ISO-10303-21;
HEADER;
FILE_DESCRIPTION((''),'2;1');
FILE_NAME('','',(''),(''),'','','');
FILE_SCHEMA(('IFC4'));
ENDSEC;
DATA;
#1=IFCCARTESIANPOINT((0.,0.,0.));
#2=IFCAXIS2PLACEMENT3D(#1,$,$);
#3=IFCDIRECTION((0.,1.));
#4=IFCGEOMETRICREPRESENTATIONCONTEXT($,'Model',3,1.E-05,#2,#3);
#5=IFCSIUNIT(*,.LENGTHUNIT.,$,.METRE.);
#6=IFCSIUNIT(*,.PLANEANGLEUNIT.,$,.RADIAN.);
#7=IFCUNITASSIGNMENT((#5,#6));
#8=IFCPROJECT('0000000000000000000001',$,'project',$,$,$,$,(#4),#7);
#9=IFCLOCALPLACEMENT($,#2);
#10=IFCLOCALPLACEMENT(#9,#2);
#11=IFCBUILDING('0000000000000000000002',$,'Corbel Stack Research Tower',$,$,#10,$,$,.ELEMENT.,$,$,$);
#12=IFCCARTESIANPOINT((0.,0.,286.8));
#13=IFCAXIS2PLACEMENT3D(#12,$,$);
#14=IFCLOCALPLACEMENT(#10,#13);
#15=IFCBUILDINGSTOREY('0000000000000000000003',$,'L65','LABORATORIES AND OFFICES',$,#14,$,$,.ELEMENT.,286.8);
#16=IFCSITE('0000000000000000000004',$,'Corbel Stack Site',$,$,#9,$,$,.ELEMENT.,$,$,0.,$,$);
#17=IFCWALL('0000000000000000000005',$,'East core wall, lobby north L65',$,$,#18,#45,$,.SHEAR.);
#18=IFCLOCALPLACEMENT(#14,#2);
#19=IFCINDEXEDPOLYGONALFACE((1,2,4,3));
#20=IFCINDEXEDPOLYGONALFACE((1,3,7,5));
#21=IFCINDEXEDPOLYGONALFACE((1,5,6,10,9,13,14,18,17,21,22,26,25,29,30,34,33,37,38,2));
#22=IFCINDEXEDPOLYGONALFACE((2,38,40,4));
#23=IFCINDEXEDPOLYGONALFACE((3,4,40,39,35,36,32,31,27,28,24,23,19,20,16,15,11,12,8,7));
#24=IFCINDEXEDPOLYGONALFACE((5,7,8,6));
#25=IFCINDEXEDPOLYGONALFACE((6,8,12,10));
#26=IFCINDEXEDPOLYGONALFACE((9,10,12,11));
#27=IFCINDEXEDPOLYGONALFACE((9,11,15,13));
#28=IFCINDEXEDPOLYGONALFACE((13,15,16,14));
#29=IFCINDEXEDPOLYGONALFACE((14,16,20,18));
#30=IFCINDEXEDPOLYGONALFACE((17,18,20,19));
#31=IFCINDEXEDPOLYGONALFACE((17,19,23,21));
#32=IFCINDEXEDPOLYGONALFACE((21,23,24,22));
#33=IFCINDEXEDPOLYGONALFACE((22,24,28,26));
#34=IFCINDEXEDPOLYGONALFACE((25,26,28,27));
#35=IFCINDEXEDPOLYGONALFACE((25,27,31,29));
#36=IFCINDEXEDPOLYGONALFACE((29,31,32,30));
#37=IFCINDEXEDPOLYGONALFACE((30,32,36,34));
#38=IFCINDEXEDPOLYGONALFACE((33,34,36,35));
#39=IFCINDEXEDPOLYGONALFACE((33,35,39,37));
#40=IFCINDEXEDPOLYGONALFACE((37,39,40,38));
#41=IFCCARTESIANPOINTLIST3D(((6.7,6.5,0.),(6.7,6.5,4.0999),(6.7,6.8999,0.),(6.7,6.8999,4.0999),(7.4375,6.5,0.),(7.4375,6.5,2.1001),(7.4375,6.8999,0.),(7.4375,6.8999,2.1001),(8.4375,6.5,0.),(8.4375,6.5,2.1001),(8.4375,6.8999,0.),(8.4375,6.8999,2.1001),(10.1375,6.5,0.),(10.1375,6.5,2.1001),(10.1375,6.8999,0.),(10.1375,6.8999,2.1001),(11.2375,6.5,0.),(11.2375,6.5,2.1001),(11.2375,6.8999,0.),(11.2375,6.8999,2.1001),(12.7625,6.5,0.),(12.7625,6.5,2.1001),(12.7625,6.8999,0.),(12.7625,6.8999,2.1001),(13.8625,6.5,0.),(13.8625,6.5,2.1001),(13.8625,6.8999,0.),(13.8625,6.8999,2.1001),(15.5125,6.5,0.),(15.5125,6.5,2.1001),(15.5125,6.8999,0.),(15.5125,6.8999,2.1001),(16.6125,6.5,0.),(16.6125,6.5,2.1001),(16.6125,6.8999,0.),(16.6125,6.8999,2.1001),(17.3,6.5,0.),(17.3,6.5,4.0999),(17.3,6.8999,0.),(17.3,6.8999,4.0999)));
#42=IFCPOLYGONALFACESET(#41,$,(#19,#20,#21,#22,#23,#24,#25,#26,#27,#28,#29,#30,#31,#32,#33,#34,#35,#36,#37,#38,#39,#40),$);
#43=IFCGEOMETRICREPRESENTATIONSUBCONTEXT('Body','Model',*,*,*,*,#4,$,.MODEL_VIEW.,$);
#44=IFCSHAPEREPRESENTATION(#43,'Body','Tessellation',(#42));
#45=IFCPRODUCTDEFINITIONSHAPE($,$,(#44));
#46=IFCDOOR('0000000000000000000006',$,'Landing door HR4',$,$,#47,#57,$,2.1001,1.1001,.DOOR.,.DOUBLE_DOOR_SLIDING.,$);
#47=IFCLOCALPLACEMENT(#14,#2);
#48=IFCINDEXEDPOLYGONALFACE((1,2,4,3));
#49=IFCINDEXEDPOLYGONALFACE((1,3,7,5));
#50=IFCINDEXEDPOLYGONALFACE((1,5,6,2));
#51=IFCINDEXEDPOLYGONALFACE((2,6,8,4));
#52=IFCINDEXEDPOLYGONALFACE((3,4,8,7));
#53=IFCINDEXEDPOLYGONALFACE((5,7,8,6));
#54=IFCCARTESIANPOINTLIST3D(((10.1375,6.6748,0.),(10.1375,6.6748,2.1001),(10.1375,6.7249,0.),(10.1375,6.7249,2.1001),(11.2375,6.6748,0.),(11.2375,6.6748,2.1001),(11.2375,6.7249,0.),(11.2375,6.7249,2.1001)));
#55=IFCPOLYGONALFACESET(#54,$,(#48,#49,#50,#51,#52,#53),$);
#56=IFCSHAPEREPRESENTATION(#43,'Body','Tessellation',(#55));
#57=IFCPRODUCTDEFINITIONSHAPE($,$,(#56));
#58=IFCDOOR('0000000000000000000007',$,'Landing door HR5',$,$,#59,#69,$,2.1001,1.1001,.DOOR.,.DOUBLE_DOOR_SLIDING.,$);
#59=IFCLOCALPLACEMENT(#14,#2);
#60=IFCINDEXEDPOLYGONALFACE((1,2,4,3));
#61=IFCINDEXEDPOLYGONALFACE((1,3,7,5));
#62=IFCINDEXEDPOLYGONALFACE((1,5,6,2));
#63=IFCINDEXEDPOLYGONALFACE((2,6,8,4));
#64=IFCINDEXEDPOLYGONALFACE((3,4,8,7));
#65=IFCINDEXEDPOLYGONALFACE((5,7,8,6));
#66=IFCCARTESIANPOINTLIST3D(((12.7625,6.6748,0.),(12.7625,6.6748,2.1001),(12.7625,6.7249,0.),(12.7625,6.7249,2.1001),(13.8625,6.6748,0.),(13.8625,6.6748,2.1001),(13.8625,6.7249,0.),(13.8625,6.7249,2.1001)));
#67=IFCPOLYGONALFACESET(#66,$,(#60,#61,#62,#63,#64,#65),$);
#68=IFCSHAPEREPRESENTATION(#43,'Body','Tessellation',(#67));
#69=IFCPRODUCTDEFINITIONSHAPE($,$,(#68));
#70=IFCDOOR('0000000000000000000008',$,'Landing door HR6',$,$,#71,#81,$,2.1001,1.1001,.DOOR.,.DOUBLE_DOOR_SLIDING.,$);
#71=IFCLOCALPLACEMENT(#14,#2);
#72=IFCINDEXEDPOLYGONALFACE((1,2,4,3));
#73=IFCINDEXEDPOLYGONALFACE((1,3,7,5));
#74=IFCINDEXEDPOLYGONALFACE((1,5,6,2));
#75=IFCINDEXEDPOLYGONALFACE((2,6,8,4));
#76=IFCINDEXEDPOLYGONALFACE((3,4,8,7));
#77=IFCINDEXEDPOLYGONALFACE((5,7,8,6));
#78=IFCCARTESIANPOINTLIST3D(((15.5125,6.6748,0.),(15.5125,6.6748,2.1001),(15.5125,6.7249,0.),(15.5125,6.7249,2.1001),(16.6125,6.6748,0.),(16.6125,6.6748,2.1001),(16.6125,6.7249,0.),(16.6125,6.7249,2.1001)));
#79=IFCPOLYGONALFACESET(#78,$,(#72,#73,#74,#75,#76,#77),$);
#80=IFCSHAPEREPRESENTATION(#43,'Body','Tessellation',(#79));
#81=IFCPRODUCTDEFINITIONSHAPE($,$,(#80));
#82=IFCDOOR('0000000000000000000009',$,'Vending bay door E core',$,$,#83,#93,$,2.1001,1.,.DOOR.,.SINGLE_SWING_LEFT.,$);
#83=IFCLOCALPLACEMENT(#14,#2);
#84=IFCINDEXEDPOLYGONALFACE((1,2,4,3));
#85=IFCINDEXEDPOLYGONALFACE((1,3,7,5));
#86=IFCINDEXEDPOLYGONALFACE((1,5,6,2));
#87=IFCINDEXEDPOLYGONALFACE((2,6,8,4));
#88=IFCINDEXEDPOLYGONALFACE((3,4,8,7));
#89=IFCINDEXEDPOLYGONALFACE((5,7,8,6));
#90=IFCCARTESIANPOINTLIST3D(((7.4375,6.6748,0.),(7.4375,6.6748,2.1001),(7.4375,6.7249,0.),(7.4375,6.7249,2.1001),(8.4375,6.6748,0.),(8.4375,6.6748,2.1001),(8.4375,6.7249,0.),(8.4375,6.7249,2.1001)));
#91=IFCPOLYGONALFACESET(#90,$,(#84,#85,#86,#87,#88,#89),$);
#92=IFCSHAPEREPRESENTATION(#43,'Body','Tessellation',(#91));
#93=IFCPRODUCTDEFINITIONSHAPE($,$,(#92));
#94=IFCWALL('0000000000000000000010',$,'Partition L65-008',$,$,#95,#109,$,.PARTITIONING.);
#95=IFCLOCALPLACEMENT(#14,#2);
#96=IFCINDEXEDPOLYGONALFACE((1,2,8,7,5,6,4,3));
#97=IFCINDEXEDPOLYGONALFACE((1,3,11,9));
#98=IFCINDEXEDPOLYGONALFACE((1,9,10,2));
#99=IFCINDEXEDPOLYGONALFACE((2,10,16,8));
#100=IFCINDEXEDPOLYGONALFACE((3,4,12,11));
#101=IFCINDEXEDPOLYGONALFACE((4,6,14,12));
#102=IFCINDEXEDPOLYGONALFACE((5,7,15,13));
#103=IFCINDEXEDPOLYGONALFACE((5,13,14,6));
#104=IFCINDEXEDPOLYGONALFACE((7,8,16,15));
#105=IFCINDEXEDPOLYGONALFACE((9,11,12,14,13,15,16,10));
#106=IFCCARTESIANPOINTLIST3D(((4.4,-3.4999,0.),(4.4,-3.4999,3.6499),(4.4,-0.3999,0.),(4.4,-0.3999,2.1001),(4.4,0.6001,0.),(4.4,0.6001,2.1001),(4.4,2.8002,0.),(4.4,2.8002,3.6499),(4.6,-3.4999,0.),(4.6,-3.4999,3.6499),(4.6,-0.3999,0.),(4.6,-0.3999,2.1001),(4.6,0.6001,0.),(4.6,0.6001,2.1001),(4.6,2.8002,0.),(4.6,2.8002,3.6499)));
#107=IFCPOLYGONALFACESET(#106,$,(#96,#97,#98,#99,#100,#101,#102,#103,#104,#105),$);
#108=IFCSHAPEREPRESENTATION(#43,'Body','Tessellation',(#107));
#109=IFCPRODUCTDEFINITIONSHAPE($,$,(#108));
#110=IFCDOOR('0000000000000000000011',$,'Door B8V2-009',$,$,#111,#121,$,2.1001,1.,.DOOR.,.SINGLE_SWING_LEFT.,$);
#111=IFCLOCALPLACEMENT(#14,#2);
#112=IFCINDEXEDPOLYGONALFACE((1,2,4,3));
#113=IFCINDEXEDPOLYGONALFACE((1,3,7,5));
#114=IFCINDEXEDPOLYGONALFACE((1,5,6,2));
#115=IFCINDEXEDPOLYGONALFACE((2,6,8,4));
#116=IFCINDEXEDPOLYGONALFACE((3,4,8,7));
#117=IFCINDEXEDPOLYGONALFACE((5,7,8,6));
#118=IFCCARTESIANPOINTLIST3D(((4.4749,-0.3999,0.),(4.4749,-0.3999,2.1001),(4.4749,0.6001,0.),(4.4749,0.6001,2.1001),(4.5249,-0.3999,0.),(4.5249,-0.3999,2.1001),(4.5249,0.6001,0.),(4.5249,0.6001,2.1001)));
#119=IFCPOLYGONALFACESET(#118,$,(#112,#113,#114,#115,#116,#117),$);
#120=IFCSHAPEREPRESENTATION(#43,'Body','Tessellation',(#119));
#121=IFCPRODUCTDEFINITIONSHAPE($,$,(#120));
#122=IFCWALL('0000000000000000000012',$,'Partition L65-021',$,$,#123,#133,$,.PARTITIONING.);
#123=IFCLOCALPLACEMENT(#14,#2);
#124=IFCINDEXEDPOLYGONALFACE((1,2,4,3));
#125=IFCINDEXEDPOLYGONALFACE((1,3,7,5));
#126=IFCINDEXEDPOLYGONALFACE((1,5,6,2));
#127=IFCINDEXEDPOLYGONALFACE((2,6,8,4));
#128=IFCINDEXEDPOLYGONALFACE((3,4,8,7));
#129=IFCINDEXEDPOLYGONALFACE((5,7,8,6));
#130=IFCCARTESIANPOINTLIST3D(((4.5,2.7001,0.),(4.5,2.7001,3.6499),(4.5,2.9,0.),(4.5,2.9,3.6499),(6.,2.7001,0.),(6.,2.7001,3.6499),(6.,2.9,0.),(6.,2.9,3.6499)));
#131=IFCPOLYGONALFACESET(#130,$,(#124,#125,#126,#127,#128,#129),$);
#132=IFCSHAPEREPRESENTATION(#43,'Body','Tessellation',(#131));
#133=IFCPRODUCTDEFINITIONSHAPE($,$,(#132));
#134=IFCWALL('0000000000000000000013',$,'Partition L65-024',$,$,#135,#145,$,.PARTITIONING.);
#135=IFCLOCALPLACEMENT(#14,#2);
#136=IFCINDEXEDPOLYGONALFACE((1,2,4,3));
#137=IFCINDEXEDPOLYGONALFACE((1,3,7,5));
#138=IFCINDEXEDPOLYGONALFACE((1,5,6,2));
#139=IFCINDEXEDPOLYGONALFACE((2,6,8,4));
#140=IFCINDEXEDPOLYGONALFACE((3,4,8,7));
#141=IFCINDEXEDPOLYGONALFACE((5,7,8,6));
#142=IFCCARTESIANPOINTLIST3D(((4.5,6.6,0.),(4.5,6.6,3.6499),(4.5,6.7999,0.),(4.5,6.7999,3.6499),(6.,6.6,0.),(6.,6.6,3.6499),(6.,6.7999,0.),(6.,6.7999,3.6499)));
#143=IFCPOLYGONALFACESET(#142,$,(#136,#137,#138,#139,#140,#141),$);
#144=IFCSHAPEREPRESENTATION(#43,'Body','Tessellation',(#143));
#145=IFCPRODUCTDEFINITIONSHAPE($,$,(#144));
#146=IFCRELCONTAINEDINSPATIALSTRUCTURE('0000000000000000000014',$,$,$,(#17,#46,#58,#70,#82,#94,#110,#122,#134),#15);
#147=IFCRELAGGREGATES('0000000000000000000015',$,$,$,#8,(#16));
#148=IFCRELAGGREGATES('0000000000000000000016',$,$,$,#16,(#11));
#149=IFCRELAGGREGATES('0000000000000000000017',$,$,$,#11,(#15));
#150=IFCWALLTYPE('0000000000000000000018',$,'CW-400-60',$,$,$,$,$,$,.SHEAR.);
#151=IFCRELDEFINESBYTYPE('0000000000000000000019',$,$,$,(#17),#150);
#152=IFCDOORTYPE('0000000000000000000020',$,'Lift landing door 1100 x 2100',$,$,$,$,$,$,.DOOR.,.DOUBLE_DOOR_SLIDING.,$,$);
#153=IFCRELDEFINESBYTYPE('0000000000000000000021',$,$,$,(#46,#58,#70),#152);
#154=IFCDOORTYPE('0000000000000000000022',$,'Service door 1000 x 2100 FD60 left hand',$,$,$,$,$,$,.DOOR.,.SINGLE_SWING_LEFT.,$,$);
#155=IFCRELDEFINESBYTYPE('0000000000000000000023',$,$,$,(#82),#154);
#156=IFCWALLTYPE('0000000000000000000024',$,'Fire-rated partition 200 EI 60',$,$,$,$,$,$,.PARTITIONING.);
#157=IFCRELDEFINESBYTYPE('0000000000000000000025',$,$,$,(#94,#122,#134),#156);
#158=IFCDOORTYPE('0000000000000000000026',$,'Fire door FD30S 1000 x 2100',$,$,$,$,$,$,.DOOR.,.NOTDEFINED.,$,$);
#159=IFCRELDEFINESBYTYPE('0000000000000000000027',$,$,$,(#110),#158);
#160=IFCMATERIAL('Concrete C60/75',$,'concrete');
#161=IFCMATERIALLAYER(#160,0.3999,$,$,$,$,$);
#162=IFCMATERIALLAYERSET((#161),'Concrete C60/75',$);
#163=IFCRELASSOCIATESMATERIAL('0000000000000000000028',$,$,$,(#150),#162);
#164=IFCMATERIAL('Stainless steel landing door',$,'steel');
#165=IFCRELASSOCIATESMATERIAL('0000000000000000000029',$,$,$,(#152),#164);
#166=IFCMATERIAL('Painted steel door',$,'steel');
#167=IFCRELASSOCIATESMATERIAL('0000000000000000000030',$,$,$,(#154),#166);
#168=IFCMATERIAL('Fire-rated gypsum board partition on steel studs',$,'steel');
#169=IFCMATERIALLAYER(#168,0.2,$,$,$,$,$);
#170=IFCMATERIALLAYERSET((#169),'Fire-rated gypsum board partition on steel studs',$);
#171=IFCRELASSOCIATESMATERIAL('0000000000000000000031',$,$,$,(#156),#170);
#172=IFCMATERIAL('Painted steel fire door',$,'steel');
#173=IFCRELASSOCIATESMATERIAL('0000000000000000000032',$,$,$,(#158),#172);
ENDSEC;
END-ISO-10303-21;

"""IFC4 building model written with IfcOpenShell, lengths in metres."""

from ifc_helpers import new_model, si_unit, direction, frame, frame_2d, origin, place, context, subcontext, project, spatial, rectangle, extrude, material, layer, layer_set, type_object, element, fill, save


model = new_model("IFC4")

# Units and contexts
model_context = context("Model", 3, precision=1e-05, world=origin(), true_north=direction((0.0, 1.0)))
body_context = subcontext(model_context, "Body", "Model", "MODEL_VIEW")
ifc_project = project(units=[si_unit("LENGTHUNIT", "METRE"), si_unit("PLANEANGLEUNIT", "RADIAN")], contexts=[model_context])

# Site, building, storey
site_placement = place(None, origin())
site = spatial("IfcSite", under=ifc_project, at=site_placement, Name="Corbel Stack Site", CompositionType="ELEMENT", RefElevation=0.0)
building_placement = place(site_placement, origin())
building = spatial("IfcBuilding", under=site, at=building_placement, Name="Corbel Stack Research Tower", CompositionType="ELEMENT")
storey_placement = place(building_placement, frame((0.0, 0.0, 286.8)))
storey = spatial("IfcBuildingStorey", under=building, at=storey_placement, Name="L65", Description="LABORATORIES AND OFFICES", CompositionType="ELEMENT", Elevation=286.8)

# Wall, openings, doors
ifc_material_1 = material(Name="Concrete C60/75", Category="concrete")
ifc_layer_1 = layer(ifc_material_1, 0.3999)
ifc_layer_set_1 = layer_set([ifc_layer_1], Name="Concrete C60/75")
wall_type_1 = type_object("IfcWallType", Name="CW-400-60", PredefinedType="SHEAR", material=ifc_layer_set_1)
ifc_material_2 = material(Name="Stainless steel landing door", Category="steel")
door_type_1 = type_object("IfcDoorType", Name="Lift landing door 1100 x 2100", OperationType="DOUBLE_DOOR_SLIDING", PredefinedType="DOOR", material=ifc_material_2)
ifc_material_3 = material(Name="Painted steel door", Category="steel")
door_type_2 = type_object("IfcDoorType", Name="Service door 1000 x 2100 FD60 left hand", OperationType="SINGLE_SWING_LEFT", PredefinedType="DOOR", material=ifc_material_3)
wall_1_placement = place(storey_placement, frame((6.7, 6.7, 0.0), z_axis=(0.0, 0.0, 1.0), x_axis=(1.0, 0.0, 0.0)))
wall_1 = element("IfcWall", 1, at=wall_1_placement, inside=storey, type_object=wall_type_1, Name="East core wall, lobby north L65", PredefinedType="SHEAR", context=body_context, shape_type="SweptSolid", body=[
    extrude(rectangle(XDim=10.6001, YDim=0.3999, at=frame_2d((5.3, 0.0))), origin(), (0.0, 0.0, 1.0), 4.0999),
])
opening_1_placement = place(wall_1_placement, frame((3.4375, 0.0, 0.0)))
opening_1 = element("IfcOpeningElement", 2, at=opening_1_placement, cuts=wall_1, PredefinedType="OPENING", context=body_context, shape_type="SweptSolid", body=[
    extrude(rectangle(XDim=1.1001, YDim=2.1001, at=frame_2d((0.55, 1.05))), frame((0.0, 0.21, 0.0), z_axis=(0.0, -1.0, 0.0), x_axis=(1.0, 0.0, 0.0)), (0.0, 0.0, 1.0), 0.4199),
])
opening_2_placement = place(wall_1_placement, frame((6.0625, 0.0, 0.0)))
opening_2 = element("IfcOpeningElement", 3, at=opening_2_placement, cuts=wall_1, PredefinedType="OPENING", context=body_context, shape_type="SweptSolid", body=[
    extrude(rectangle(XDim=1.1001, YDim=2.1001, at=frame_2d((0.55, 1.05))), frame((0.0, 0.21, 0.0), z_axis=(0.0, -1.0, 0.0), x_axis=(1.0, 0.0, 0.0)), (0.0, 0.0, 1.0), 0.4199),
])
opening_3_placement = place(wall_1_placement, frame((8.8125, 0.0, 0.0)))
opening_3 = element("IfcOpeningElement", 4, at=opening_3_placement, cuts=wall_1, PredefinedType="OPENING", context=body_context, shape_type="SweptSolid", body=[
    extrude(rectangle(XDim=1.1001, YDim=2.1001, at=frame_2d((0.55, 1.05))), frame((0.0, 0.21, 0.0), z_axis=(0.0, -1.0, 0.0), x_axis=(1.0, 0.0, 0.0)), (0.0, 0.0, 1.0), 0.4199),
])
opening_4_placement = place(wall_1_placement, frame((0.7375, 0.0, 0.0)))
opening_4 = element("IfcOpeningElement", 5, at=opening_4_placement, cuts=wall_1, PredefinedType="OPENING", context=body_context, shape_type="SweptSolid", body=[
    extrude(rectangle(XDim=1.0, YDim=2.1001, at=frame_2d((0.5, 1.05))), frame((0.0, 0.21, 0.0), z_axis=(0.0, -1.0, 0.0), x_axis=(1.0, 0.0, 0.0)), (0.0, 0.0, 1.0), 0.4199),
])
door_1_placement = place(opening_1_placement, origin())
door_1 = element("IfcDoor", 6, at=door_1_placement, inside=storey, type_object=door_type_1, Name="Landing door HR4", OperationType="DOUBLE_DOOR_SLIDING", OverallHeight=2.1001, OverallWidth=1.1001, PredefinedType="DOOR", context=body_context, shape_type="SweptSolid", body=[
    extrude(rectangle(XDim=1.1001, YDim=2.1001, at=frame_2d((0.55, 1.05))), frame((0.0, 0.0249, 0.0), z_axis=(0.0, -1.0, 0.0), x_axis=(1.0, 0.0, 0.0)), (0.0, 0.0, 1.0), 0.05),
])
fill(opening_1, door_1)
door_2_placement = place(opening_2_placement, origin())
door_2 = element("IfcDoor", 7, at=door_2_placement, inside=storey, type_object=door_type_1, Name="Landing door HR5", OperationType="DOUBLE_DOOR_SLIDING", OverallHeight=2.1001, OverallWidth=1.1001, PredefinedType="DOOR", context=body_context, shape_type="SweptSolid", body=[
    extrude(rectangle(XDim=1.1001, YDim=2.1001, at=frame_2d((0.55, 1.05))), frame((0.0, 0.0249, 0.0), z_axis=(0.0, -1.0, 0.0), x_axis=(1.0, 0.0, 0.0)), (0.0, 0.0, 1.0), 0.05),
])
fill(opening_2, door_2)
door_3_placement = place(opening_3_placement, origin())
door_3 = element("IfcDoor", 8, at=door_3_placement, inside=storey, type_object=door_type_1, Name="Landing door HR6", OperationType="DOUBLE_DOOR_SLIDING", OverallHeight=2.1001, OverallWidth=1.1001, PredefinedType="DOOR", context=body_context, shape_type="SweptSolid", body=[
    extrude(rectangle(XDim=1.1001, YDim=2.1001, at=frame_2d((0.55, 1.05))), frame((0.0, 0.0249, 0.0), z_axis=(0.0, -1.0, 0.0), x_axis=(1.0, 0.0, 0.0)), (0.0, 0.0, 1.0), 0.05),
])
fill(opening_3, door_3)
door_4_placement = place(opening_4_placement, origin())
door_4 = element("IfcDoor", 9, at=door_4_placement, inside=storey, type_object=door_type_2, Name="Vending bay door E core", OperationType="SINGLE_SWING_LEFT", OverallHeight=2.1001, OverallWidth=1.0, PredefinedType="DOOR", context=body_context, shape_type="SweptSolid", body=[
    extrude(rectangle(XDim=1.0, YDim=2.1001, at=frame_2d((0.5, 1.05))), frame((0.0, 0.0249, 0.0), z_axis=(0.0, -1.0, 0.0), x_axis=(1.0, 0.0, 0.0)), (0.0, 0.0, 1.0), 0.05),
])
fill(opening_4, door_4)

# Wall, opening, door
ifc_material_4 = material(Name="Fire-rated gypsum board partition on steel studs", Category="steel")
ifc_layer_2 = layer(ifc_material_4, 0.2)
ifc_layer_set_2 = layer_set([ifc_layer_2], Name="Fire-rated gypsum board partition on steel studs")
wall_type_2 = type_object("IfcWallType", Name="Fire-rated partition 200 EI 60", PredefinedType="PARTITIONING", material=ifc_layer_set_2)
wall_2_placement = place(storey_placement, frame((4.5, 2.8, 0.0), z_axis=(0.0, 0.0, 1.0), x_axis=(0.0, -1.0, 0.0)))
wall_2 = element("IfcWall", 10, at=wall_2_placement, inside=storey, type_object=wall_type_2, Name="Partition L65-008", PredefinedType="PARTITIONING", context=body_context, shape_type="SweptSolid", body=[
    extrude(rectangle(XDim=6.3, YDim=0.2, at=frame_2d((3.1499, 0.0))), origin(), (0.0, 0.0, 1.0), 3.6499),
])
opening_5_placement = place(wall_2_placement, frame((2.2, 0.0, 0.0)))
opening_5 = element("IfcOpeningElement", 11, at=opening_5_placement, cuts=wall_2, PredefinedType="OPENING", context=body_context, shape_type="SweptSolid", body=[
    extrude(rectangle(XDim=1.0, YDim=2.1001, at=frame_2d((0.5, 1.05))), frame((0.0, 0.1099, 0.0), z_axis=(0.0, -1.0, 0.0), x_axis=(1.0, 0.0, 0.0)), (0.0, 0.0, 1.0), 0.22),
])
ifc_material_5 = material(Name="Painted steel fire door", Category="steel")
door_type_3 = type_object("IfcDoorType", Name="Fire door FD30S 1000 x 2100", OperationType="NOTDEFINED", PredefinedType="DOOR", material=ifc_material_5)
door_5_placement = place(opening_5_placement, origin())
door_5 = element("IfcDoor", 12, at=door_5_placement, inside=storey, type_object=door_type_3, Name="Door B8V2-009", OperationType="SINGLE_SWING_LEFT", OverallHeight=2.1001, OverallWidth=1.0, PredefinedType="DOOR", context=body_context, shape_type="SweptSolid", body=[
    extrude(rectangle(XDim=1.0, YDim=2.1001, at=frame_2d((0.5, 1.05))), frame((0.0, 0.0249, 0.0), z_axis=(0.0, -1.0, 0.0), x_axis=(1.0, 0.0, 0.0)), (0.0, 0.0, 1.0), 0.05),
])
fill(opening_5, door_5)

# Walls
for number, where, z_axis, x_axis, name in (
    (13, (4.5, 2.8, 0.0), (0.0, 0.0, 1.0), (1.0, 0.0, 0.0), "Partition L65-021"),
    (14, (4.5, 6.7, 0.0), (0.0, 0.0, 1.0), (1.0, 0.0, 0.0), "Partition L65-024"),
):
    element("IfcWall", number, at=place(storey_placement, frame(where, z_axis=z_axis, x_axis=x_axis)), inside=storey, type_object=wall_type_2, Name=name, PredefinedType="PARTITIONING", context=body_context, shape_type="SweptSolid", body=[
        extrude(rectangle(XDim=1.5, YDim=0.2, at=frame_2d((0.75, 0.0))), origin(), (0.0, 0.0, 1.0), 3.6499),
    ])

save(model, "model.ifc")
